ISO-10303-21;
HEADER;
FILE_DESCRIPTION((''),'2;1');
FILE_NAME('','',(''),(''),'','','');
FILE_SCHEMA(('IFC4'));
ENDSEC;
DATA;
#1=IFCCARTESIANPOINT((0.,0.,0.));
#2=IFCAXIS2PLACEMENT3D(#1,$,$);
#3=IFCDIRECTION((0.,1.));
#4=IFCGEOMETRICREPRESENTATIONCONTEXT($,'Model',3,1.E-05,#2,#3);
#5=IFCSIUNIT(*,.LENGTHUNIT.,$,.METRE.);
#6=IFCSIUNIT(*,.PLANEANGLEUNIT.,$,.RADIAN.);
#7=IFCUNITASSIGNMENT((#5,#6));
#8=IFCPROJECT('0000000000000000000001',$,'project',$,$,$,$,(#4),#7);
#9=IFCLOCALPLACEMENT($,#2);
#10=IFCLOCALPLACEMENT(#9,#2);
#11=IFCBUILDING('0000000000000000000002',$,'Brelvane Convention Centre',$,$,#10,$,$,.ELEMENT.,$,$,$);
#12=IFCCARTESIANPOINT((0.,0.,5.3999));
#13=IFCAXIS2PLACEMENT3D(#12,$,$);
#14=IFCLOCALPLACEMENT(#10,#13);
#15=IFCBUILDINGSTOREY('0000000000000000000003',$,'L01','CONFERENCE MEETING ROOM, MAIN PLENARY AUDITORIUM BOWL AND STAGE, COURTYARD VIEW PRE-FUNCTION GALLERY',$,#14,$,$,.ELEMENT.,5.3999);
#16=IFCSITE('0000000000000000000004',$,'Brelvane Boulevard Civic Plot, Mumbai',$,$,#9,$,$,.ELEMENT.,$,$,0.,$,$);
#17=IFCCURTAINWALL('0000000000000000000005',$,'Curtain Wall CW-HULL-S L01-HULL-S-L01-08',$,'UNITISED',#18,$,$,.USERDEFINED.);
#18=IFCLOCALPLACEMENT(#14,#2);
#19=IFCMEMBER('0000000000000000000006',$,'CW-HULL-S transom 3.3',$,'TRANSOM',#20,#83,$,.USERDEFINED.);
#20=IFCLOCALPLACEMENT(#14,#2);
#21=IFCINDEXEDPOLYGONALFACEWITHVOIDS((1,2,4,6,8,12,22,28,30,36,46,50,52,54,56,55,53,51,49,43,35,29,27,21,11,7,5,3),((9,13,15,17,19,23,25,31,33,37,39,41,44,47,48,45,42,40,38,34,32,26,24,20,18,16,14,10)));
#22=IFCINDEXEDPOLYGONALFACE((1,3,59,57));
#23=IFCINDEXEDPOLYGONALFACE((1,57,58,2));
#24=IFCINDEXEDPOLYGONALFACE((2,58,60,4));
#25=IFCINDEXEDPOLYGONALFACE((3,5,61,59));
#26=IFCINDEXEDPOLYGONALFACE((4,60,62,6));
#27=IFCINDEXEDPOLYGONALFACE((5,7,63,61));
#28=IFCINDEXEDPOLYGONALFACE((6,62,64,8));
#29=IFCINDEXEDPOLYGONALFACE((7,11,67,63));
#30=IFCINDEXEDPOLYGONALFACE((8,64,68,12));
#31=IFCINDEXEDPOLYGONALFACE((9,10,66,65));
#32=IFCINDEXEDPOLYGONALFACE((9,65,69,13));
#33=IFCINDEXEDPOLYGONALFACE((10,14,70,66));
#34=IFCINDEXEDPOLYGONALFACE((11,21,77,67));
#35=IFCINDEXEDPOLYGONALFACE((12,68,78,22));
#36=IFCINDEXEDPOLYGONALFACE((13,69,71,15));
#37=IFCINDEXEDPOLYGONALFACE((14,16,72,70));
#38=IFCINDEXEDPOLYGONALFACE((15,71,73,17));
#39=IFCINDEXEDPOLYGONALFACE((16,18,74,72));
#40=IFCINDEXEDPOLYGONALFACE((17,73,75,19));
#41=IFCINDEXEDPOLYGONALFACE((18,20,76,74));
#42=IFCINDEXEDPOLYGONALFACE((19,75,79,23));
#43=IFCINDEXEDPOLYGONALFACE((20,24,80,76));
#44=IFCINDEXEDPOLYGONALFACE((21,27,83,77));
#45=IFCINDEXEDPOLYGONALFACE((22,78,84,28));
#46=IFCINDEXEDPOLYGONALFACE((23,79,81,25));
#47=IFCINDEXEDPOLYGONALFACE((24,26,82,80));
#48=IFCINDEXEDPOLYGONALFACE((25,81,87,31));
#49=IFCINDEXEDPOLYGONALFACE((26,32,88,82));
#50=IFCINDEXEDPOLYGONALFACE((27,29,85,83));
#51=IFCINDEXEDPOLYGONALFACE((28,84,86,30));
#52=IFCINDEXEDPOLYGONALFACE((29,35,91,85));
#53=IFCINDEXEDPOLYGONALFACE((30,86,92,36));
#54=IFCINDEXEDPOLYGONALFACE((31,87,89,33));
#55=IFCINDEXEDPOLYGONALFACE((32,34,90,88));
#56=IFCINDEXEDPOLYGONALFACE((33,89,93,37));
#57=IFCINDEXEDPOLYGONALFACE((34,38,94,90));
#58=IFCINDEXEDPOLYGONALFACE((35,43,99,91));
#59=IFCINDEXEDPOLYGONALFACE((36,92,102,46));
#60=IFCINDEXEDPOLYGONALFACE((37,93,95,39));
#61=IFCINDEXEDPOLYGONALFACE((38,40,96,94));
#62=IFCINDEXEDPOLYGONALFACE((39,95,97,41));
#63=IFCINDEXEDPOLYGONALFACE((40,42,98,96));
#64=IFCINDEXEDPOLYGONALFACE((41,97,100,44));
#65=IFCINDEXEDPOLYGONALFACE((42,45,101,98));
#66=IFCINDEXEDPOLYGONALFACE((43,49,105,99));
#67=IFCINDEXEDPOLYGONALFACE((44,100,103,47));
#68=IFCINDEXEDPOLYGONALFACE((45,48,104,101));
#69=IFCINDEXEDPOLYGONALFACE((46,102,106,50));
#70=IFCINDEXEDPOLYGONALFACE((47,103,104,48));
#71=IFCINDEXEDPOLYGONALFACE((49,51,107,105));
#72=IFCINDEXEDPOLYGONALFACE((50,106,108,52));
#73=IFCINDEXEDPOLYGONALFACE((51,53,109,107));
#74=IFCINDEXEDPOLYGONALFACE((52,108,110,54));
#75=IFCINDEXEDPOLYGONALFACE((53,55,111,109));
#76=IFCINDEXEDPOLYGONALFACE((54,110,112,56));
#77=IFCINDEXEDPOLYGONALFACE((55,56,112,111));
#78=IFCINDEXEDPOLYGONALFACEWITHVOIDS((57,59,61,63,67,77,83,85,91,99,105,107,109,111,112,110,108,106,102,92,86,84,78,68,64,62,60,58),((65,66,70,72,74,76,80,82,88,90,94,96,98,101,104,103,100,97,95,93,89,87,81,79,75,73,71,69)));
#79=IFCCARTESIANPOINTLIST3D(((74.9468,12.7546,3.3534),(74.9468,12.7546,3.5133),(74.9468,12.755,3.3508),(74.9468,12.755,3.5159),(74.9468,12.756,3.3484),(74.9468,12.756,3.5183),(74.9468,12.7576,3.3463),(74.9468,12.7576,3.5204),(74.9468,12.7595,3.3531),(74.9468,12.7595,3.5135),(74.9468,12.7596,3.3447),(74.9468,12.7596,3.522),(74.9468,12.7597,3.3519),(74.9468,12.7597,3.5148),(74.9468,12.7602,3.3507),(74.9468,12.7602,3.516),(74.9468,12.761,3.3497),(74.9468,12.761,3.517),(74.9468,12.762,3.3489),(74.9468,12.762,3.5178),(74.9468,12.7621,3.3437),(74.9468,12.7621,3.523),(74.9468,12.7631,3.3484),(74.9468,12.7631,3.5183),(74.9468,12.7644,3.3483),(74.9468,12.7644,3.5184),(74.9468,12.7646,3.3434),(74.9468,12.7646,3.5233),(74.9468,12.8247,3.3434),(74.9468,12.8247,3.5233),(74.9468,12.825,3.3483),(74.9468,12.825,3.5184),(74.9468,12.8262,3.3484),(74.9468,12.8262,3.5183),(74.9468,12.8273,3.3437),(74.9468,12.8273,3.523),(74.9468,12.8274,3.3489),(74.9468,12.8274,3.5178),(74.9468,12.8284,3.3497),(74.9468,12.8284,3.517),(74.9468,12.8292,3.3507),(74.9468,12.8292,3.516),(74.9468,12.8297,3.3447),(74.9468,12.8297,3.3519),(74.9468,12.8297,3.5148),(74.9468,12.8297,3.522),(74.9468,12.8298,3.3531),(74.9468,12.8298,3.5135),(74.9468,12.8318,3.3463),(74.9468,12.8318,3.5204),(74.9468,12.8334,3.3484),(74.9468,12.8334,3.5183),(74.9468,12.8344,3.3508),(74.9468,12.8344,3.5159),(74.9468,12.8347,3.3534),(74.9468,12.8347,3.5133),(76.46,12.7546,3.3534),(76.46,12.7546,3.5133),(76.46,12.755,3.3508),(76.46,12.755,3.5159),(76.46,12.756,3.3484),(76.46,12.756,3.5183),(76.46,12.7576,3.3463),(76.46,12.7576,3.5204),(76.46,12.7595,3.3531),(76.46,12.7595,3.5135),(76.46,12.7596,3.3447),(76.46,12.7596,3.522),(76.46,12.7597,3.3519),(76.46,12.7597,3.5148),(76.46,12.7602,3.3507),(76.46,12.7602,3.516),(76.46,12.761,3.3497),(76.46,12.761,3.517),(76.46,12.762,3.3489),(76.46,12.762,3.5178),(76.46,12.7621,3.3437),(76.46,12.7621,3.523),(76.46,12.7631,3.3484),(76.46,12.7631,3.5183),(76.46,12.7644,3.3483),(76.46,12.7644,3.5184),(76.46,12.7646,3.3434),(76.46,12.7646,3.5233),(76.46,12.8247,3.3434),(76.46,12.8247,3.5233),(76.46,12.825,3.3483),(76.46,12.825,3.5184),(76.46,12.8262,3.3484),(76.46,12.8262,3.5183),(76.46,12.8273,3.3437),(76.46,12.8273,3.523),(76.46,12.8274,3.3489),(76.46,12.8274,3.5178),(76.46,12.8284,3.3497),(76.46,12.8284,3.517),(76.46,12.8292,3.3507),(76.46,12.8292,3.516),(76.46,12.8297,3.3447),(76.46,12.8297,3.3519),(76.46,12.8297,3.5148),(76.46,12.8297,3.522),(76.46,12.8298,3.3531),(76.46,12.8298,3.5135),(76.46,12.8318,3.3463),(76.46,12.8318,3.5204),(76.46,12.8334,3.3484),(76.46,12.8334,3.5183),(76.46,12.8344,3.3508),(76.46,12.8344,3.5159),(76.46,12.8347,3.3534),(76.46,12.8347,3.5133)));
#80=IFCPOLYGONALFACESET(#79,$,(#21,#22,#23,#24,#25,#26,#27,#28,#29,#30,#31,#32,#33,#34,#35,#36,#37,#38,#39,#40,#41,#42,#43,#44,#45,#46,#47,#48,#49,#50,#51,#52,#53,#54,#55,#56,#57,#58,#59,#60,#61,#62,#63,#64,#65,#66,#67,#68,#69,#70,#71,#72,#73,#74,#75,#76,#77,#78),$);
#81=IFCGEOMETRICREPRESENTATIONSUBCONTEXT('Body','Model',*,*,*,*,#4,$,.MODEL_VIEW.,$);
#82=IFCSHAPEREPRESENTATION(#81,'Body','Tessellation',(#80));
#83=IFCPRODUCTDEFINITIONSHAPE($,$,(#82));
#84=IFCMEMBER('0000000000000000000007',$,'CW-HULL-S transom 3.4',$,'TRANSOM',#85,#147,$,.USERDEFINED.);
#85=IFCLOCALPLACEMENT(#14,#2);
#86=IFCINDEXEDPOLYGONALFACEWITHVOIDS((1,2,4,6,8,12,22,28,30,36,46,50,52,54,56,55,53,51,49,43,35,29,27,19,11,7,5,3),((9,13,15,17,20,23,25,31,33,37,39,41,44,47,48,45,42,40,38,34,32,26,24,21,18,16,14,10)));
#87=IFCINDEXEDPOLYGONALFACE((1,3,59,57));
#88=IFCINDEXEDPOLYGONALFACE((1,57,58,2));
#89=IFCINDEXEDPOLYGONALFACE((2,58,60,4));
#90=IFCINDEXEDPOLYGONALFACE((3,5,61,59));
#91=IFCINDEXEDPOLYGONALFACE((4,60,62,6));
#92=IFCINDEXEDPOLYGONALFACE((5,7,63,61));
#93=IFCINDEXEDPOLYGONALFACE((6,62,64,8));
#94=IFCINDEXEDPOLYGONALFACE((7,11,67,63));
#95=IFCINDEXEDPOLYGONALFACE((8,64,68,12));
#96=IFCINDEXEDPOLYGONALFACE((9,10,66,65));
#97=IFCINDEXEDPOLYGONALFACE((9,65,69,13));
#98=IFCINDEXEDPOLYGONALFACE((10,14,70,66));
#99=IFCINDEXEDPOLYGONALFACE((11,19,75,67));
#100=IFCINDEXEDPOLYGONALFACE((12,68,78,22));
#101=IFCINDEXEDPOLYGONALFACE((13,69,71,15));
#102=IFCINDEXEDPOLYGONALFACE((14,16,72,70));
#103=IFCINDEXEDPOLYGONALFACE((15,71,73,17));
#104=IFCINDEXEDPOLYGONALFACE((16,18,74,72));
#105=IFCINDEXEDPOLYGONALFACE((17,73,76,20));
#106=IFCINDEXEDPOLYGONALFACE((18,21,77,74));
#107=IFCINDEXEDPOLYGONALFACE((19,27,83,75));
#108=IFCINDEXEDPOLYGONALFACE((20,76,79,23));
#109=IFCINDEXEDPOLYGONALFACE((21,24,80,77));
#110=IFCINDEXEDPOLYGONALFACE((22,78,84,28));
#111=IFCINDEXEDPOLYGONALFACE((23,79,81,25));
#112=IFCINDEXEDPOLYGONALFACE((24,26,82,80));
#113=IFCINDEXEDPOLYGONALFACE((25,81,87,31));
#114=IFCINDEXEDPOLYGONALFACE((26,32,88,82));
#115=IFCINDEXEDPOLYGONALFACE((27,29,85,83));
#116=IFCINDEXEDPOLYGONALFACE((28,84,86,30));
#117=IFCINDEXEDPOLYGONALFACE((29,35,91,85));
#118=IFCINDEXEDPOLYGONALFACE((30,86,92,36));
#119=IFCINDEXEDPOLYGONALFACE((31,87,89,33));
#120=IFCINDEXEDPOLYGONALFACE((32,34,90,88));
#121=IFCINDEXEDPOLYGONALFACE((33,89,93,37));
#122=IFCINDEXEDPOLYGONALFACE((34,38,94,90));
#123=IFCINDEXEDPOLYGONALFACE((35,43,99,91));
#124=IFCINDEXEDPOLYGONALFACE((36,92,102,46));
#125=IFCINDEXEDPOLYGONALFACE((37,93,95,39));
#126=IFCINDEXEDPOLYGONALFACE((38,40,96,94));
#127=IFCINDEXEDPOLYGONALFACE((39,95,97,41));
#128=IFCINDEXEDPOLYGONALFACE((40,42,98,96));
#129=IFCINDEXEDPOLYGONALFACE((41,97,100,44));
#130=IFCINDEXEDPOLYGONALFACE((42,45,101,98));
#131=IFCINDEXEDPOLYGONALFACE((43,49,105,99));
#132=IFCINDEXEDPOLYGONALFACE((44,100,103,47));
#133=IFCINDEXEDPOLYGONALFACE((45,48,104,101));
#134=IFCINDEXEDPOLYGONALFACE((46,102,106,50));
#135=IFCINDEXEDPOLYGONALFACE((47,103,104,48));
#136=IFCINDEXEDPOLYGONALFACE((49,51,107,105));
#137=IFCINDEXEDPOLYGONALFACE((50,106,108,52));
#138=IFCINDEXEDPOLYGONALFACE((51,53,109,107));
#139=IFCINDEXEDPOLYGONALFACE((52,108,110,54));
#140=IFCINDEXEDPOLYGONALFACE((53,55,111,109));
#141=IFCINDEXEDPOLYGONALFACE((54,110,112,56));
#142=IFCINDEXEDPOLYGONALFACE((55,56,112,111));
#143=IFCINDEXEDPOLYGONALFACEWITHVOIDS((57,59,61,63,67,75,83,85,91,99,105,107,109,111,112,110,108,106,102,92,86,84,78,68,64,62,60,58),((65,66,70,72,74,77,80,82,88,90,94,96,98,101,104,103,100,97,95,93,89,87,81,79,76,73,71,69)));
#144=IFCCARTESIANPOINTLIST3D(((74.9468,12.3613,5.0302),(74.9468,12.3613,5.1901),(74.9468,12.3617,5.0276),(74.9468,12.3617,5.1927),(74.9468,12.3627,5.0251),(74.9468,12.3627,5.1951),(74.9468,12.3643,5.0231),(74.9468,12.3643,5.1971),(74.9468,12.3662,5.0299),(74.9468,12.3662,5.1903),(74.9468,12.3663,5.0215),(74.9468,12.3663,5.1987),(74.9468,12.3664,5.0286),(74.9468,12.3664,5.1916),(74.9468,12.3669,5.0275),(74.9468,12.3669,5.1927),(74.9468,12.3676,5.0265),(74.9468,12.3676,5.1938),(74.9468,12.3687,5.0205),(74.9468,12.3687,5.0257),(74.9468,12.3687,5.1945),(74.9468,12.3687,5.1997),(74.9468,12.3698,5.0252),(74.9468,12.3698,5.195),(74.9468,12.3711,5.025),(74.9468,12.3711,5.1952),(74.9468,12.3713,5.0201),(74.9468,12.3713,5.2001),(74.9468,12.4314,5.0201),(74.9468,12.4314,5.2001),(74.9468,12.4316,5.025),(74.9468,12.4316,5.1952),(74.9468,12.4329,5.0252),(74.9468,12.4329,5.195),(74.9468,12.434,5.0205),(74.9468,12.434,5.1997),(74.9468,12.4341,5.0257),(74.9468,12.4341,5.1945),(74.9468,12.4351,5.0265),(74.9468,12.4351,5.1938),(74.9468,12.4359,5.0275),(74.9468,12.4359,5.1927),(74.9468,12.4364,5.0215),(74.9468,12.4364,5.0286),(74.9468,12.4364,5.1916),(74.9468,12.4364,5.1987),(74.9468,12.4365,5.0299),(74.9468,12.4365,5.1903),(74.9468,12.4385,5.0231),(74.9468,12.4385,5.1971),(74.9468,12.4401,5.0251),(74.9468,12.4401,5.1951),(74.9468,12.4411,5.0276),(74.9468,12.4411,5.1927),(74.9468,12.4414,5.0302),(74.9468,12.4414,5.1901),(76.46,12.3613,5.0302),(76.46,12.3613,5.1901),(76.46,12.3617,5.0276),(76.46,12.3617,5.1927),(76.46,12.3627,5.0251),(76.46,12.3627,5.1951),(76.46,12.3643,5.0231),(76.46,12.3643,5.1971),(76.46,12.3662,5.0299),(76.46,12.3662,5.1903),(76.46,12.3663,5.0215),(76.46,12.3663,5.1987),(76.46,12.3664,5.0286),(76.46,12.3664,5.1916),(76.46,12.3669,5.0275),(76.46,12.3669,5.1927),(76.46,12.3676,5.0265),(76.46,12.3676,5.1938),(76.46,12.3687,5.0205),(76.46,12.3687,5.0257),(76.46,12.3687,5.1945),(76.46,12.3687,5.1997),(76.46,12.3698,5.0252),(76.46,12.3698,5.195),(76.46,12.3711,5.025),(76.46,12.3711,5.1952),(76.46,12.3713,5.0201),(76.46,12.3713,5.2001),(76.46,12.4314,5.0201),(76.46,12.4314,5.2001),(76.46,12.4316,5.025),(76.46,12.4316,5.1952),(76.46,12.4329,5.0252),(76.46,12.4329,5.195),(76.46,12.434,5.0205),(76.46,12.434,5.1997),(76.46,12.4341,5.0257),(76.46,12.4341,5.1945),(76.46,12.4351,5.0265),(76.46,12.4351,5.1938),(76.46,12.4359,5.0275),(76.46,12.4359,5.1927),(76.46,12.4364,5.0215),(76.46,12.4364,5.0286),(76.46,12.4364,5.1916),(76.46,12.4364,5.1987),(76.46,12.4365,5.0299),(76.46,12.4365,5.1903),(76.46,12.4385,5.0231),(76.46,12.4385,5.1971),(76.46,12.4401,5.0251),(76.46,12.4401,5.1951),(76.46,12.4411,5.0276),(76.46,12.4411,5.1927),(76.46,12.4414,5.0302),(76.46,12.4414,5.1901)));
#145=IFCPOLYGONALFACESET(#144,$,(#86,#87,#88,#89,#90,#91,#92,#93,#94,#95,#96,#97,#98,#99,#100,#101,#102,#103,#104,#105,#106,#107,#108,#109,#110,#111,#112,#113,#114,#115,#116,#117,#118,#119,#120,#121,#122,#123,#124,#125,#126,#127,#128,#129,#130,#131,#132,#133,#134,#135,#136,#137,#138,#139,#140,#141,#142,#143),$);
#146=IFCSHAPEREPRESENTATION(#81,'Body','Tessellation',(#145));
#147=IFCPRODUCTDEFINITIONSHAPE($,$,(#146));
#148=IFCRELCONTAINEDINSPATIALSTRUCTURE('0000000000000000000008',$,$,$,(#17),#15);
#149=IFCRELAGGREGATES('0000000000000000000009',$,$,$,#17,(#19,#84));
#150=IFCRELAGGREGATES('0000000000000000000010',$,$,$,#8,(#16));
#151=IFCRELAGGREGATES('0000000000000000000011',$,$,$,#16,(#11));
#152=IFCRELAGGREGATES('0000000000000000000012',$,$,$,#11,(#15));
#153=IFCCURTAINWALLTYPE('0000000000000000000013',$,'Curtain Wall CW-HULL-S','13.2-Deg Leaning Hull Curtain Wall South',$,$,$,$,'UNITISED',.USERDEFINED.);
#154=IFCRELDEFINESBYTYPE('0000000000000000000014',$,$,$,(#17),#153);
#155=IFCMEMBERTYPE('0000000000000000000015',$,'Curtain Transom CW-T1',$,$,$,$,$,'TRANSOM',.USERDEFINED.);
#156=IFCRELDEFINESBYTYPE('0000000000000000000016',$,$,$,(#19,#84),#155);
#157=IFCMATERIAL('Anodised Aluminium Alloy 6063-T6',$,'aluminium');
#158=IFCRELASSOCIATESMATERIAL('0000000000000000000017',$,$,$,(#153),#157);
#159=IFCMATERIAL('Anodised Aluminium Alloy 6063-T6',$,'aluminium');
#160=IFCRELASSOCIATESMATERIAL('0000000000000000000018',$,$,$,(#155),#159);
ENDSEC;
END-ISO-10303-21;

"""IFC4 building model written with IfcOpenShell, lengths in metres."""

from ifc_helpers import new_model, si_unit, direction, frame, origin, origin_2d, place, context, subcontext, project, spatial, hollow_rectangle, extrude, material, material_profile, profile_set, type_object, element, aggregate, save


model = new_model("IFC4")

# Units and contexts
model_context = context("Model", 3, precision=1e-05, world=origin(), true_north=direction((0.0, 1.0)))
body_context = subcontext(model_context, "Body", "Model", "MODEL_VIEW")
ifc_project = project(units=[si_unit("LENGTHUNIT", "METRE"), si_unit("PLANEANGLEUNIT", "RADIAN")], contexts=[model_context])

# Site, building, storey
site_placement = place(None, origin())
site = spatial("IfcSite", under=ifc_project, at=site_placement, Name="Brelvane Boulevard Civic Plot, Mumbai", CompositionType="ELEMENT", RefElevation=0.0)
building_placement = place(site_placement, origin())
building = spatial("IfcBuilding", under=site, at=building_placement, Name="Brelvane Convention Centre", CompositionType="ELEMENT")
storey_placement = place(building_placement, frame((0.0, 0.0, 5.3999)))
storey = spatial("IfcBuildingStorey", under=building, at=storey_placement, Name="L01", Description="CONFERENCE MEETING ROOM, MAIN PLENARY AUDITORIUM BOWL AND STAGE, COURTYARD VIEW PRE-FUNCTION GALLERY", CompositionType="ELEMENT", Elevation=5.3999)

# Curtain wall, members
ifc_material_1 = material(Name="Anodised Aluminium Alloy 6063-T6", Category="aluminium")
curtain_wall_type = type_object("IfcCurtainWallType", Name="Curtain Wall CW-HULL-S", Description="13.2-Deg Leaning Hull Curtain Wall South", ElementType="UNITISED", PredefinedType="USERDEFINED", material=ifc_material_1)
ifc_material_2 = material(Name="Anodised Aluminium Alloy 6063-T6", Category="aluminium")
ifc_material_profile = material_profile(ifc_material_2, hollow_rectangle(XDim=0.0801, YDim=0.1799, WallThickness=0.0049, InnerFilletRadius=0.0049, OuterFilletRadius=0.01, at=origin_2d()), Name="ALU-T 180x80x5.0")
ifc_profile_set = profile_set([ifc_material_profile], Name="Anodised Aluminium Alloy 6063-T6")
member_type = type_object("IfcMemberType", Name="Curtain Transom CW-T1", ElementType="TRANSOM", PredefinedType="USERDEFINED", material=ifc_profile_set)
curtain_wall_1_placement = place(storey_placement, origin())
curtain_wall_1 = element("IfcCurtainWall", 1, at=curtain_wall_1_placement, inside=storey, type_object=curtain_wall_type, Name="Curtain Wall CW-HULL-S L01-HULL-S-L01-08", ObjectType="UNITISED", PredefinedType="USERDEFINED")
member_1_placement = place(storey_placement, frame((74.9468, 12.7947, 3.4333), z_axis=(1.0, 0.0, 0.0), x_axis=(0.0, 1.0, 0.0)))
member_1 = element("IfcMember", 2, at=member_1_placement, type_object=member_type, Name="CW-HULL-S transom 3.3", ObjectType="TRANSOM", PredefinedType="USERDEFINED", context=body_context, shape_type="SweptSolid", body=[
    extrude(hollow_rectangle(XDim=0.0801, YDim=0.1799, WallThickness=0.0049, InnerFilletRadius=0.0049, OuterFilletRadius=0.01, at=origin_2d()), origin(), (0.0, 0.0, 1.0), 1.5132),
])
member_2_placement = place(storey_placement, frame((74.9468, 12.4014, 5.1101), z_axis=(1.0, 0.0, 0.0), x_axis=(0.0, 1.0, 0.0)))
member_2 = element("IfcMember", 3, at=member_2_placement, type_object=member_type, Name="CW-HULL-S transom 3.4", ObjectType="TRANSOM", PredefinedType="USERDEFINED", context=body_context, shape_type="SweptSolid", body=[
    extrude(hollow_rectangle(XDim=0.0801, YDim=0.1799, WallThickness=0.0049, InnerFilletRadius=0.0049, OuterFilletRadius=0.01, at=origin_2d()), origin(), (0.0, 0.0, 1.0), 1.5132),
])

aggregate(curtain_wall_1, [member_1, member_2])

save(model, "model.ifc")
